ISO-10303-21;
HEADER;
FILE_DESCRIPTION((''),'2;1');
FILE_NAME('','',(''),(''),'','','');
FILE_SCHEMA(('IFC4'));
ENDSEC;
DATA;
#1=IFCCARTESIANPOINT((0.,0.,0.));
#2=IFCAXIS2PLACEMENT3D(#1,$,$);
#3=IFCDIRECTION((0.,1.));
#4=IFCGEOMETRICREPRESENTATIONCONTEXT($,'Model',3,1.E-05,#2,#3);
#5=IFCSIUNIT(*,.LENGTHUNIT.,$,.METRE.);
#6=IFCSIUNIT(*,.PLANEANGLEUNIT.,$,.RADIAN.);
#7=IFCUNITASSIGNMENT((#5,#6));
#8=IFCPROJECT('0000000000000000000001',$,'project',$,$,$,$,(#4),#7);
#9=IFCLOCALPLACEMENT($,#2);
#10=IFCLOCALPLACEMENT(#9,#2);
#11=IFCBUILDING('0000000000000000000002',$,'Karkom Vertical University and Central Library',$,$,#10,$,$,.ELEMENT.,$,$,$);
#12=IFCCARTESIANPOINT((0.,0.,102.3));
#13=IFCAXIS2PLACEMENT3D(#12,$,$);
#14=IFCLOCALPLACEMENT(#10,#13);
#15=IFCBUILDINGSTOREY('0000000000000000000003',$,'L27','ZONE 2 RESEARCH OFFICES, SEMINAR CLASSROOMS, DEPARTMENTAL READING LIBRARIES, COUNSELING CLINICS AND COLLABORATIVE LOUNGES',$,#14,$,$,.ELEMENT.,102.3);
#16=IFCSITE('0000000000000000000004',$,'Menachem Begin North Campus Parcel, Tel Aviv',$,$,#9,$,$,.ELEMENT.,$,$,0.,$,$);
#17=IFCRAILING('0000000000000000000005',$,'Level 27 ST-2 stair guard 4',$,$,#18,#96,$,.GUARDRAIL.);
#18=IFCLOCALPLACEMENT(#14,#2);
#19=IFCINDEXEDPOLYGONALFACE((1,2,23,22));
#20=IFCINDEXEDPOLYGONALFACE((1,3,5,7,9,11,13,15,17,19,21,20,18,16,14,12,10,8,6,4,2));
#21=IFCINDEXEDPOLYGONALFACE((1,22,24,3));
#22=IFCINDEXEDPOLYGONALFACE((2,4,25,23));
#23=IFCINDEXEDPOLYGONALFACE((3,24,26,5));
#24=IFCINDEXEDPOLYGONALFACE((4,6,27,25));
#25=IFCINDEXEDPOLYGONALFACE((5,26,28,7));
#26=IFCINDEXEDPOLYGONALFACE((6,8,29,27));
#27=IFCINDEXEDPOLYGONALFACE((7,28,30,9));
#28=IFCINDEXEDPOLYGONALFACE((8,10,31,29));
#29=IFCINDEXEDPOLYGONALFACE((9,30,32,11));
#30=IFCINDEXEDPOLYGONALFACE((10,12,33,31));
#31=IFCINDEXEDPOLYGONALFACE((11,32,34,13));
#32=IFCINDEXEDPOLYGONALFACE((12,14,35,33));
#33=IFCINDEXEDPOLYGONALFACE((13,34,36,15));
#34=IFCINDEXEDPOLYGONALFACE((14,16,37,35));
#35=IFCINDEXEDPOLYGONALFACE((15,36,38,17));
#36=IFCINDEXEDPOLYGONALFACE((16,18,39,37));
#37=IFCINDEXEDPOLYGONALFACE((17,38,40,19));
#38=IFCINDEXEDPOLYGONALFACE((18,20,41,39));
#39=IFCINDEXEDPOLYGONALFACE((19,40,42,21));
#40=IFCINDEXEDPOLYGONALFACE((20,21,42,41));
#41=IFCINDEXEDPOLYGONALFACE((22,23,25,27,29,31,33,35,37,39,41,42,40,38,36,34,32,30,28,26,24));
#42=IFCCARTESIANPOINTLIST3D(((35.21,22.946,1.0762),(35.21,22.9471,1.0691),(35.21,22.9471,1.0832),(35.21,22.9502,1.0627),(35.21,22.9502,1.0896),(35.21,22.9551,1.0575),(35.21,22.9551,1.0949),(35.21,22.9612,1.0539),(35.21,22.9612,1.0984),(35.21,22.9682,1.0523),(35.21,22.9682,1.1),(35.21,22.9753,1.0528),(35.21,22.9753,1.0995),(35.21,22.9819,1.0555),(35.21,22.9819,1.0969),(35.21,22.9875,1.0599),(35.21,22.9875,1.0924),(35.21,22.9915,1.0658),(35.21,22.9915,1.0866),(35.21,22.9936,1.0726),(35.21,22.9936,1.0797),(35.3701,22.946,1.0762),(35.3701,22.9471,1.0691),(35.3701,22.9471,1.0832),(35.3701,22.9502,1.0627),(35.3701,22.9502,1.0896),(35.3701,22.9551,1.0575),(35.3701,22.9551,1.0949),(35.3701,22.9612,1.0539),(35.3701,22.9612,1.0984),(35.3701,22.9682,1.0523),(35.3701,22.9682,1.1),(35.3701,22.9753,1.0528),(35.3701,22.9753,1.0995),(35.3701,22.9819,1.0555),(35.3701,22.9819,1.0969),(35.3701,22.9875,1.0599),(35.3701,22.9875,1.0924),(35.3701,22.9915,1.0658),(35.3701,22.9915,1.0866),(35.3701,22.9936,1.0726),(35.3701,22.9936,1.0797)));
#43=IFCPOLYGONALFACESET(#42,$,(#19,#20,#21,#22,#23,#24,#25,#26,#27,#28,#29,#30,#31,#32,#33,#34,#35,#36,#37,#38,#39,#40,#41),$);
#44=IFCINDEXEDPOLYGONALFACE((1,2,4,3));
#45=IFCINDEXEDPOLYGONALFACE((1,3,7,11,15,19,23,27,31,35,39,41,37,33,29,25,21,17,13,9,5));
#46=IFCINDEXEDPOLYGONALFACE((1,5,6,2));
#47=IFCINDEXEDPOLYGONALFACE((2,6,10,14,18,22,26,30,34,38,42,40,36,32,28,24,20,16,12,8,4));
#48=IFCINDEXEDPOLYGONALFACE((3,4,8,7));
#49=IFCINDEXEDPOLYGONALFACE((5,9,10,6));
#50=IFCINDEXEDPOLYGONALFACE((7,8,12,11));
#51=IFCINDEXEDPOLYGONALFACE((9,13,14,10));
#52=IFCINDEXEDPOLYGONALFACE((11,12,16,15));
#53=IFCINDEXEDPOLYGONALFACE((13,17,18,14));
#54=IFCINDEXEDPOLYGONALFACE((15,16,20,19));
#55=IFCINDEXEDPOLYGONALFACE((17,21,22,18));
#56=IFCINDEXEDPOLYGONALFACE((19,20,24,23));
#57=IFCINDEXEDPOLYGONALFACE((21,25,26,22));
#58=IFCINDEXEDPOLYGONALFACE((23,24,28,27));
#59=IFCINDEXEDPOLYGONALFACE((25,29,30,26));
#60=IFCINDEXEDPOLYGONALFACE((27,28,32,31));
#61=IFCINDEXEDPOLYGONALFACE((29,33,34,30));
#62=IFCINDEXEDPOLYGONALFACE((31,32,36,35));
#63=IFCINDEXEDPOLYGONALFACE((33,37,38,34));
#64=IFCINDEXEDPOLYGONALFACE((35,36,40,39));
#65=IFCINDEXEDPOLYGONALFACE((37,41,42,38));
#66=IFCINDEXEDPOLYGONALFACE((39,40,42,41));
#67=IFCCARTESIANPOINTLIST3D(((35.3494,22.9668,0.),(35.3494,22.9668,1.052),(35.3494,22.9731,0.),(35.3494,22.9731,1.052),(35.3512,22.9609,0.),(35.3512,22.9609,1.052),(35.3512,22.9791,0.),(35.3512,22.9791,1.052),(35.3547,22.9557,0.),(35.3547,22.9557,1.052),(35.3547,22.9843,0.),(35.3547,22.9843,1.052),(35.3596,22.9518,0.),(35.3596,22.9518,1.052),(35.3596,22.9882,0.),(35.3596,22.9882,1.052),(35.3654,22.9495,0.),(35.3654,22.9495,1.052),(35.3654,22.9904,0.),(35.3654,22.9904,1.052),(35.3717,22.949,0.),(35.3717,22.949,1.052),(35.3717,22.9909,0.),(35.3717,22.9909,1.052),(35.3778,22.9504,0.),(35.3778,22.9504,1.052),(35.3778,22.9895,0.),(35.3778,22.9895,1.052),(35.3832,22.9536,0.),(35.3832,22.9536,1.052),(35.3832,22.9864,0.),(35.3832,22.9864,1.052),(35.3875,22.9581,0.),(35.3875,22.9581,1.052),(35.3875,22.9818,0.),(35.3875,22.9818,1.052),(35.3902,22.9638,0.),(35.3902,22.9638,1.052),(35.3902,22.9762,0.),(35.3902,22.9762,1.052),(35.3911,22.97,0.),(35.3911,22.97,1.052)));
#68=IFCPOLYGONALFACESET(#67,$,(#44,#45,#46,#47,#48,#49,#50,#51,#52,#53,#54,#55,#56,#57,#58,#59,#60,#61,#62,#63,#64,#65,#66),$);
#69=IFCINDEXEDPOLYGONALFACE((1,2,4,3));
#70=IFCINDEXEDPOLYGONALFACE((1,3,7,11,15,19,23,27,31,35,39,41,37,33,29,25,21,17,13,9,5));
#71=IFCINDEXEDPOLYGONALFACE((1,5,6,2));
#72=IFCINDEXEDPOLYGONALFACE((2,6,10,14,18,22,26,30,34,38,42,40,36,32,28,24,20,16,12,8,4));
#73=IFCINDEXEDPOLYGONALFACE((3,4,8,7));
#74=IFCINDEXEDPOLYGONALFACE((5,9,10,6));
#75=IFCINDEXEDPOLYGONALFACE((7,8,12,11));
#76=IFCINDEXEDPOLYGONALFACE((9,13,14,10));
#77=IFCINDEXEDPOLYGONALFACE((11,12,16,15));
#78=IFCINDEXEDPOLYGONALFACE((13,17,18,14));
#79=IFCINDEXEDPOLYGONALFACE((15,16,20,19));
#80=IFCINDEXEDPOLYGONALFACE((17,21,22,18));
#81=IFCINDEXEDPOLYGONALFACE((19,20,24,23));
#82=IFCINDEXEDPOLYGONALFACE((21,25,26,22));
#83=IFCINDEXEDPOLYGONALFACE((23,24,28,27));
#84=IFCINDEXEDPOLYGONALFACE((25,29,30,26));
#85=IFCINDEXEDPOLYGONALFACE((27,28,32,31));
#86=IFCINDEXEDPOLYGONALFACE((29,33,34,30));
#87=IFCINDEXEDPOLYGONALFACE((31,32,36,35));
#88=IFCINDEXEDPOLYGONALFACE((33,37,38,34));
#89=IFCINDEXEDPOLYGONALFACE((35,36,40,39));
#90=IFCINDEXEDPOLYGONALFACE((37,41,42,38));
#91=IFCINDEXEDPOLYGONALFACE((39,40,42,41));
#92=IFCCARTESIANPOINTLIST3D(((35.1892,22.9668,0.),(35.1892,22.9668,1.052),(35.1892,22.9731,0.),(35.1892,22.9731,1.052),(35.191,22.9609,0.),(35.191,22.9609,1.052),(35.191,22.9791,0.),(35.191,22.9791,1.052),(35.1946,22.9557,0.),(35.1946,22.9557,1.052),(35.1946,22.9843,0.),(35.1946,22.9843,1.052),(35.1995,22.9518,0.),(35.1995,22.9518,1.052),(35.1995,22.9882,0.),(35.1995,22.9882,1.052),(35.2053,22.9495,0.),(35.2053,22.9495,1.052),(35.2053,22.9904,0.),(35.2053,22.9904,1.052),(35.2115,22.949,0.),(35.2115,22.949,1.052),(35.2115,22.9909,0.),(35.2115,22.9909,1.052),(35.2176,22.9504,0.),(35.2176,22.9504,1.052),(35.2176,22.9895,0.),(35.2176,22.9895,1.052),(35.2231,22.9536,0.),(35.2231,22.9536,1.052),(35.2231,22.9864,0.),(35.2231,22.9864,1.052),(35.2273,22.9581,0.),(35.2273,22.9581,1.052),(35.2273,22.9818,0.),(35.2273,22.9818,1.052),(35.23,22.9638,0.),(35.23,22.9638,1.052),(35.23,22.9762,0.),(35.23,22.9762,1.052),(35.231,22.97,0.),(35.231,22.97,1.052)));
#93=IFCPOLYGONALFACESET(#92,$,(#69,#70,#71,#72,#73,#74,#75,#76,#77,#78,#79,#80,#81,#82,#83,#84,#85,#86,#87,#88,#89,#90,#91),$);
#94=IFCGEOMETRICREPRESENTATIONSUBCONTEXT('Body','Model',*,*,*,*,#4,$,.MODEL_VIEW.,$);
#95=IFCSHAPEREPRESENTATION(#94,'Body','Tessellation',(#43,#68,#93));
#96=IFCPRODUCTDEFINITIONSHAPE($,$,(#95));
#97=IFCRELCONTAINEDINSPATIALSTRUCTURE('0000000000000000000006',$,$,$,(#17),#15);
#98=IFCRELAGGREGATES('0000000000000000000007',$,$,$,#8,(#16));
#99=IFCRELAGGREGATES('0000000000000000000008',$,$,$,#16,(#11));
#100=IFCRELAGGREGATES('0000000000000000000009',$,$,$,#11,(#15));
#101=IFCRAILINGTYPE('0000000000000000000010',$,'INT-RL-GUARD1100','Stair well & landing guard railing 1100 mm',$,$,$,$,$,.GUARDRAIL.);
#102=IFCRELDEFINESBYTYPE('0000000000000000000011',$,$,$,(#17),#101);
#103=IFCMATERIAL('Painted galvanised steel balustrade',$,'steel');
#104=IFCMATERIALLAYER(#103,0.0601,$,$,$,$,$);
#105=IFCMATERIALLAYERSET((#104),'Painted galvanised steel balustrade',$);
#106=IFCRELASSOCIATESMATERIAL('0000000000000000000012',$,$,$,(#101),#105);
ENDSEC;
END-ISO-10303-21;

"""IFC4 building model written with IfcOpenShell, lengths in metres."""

from ifc_helpers import new_model, si_unit, direction, frame, origin, origin_2d, place, context, subcontext, project, spatial, circle, extrude, material, layer, layer_set, type_object, element, save


model = new_model("IFC4")

# Units and contexts
model_context = context("Model", 3, precision=1e-05, world=origin(), true_north=direction((0.0, 1.0)))
body_context = subcontext(model_context, "Body", "Model", "MODEL_VIEW")
ifc_project = project(units=[si_unit("LENGTHUNIT", "METRE"), si_unit("PLANEANGLEUNIT", "RADIAN")], contexts=[model_context])

# Site, building, storey
site_placement = place(None, origin())
site = spatial("IfcSite", under=ifc_project, at=site_placement, Name="Menachem Begin North Campus Parcel, Tel Aviv", CompositionType="ELEMENT", RefElevation=0.0)
building_placement = place(site_placement, origin())
building = spatial("IfcBuilding", under=site, at=building_placement, Name="Karkom Vertical University and Central Library", CompositionType="ELEMENT")
storey_placement = place(building_placement, frame((0.0, 0.0, 102.3)))
storey = spatial("IfcBuildingStorey", under=building, at=storey_placement, Name="L27", Description="ZONE 2 RESEARCH OFFICES, SEMINAR CLASSROOMS, DEPARTMENTAL READING LIBRARIES, COUNSELING CLINICS AND COLLABORATIVE LOUNGES", CompositionType="ELEMENT", Elevation=102.3)

# Railing
ifc_material_1 = material(Name="Painted galvanised steel balustrade", Category="steel")
ifc_layer_1 = layer(ifc_material_1, 0.0601)
ifc_layer_set_1 = layer_set([ifc_layer_1], Name="Painted galvanised steel balustrade")
railing_type_1 = type_object("IfcRailingType", Name="INT-RL-GUARD1100", Description="Stair well & landing guard railing 1100 mm", PredefinedType="GUARDRAIL", material=ifc_layer_set_1)
railing_1_placement = place(storey_placement, frame((35.3701, 22.97, 0.0)))
element("IfcRailing", 1, at=railing_1_placement, inside=storey, type_object=railing_type_1, Name="Level 27 ST-2 stair guard 4", PredefinedType="GUARDRAIL", context=body_context, shape_type="SweptSolid", body=[
    extrude(circle(Radius=0.0239, at=origin_2d()), frame((0.0, 0.0, 1.0762), z_axis=(-1.0, 0.0, 0.0), x_axis=(0.0, -1.0, 0.0)), (0.0, 0.0, 1.0), 0.1602),
    extrude(circle(Radius=0.021, at=origin_2d()), origin(), (0.0, 0.0, 1.0), 1.052),
    extrude(circle(Radius=0.021, at=origin_2d()), frame((-0.1602, 0.0, 0.0)), (0.0, 0.0, 1.0), 1.052),
])

save(model, "model.ifc")
